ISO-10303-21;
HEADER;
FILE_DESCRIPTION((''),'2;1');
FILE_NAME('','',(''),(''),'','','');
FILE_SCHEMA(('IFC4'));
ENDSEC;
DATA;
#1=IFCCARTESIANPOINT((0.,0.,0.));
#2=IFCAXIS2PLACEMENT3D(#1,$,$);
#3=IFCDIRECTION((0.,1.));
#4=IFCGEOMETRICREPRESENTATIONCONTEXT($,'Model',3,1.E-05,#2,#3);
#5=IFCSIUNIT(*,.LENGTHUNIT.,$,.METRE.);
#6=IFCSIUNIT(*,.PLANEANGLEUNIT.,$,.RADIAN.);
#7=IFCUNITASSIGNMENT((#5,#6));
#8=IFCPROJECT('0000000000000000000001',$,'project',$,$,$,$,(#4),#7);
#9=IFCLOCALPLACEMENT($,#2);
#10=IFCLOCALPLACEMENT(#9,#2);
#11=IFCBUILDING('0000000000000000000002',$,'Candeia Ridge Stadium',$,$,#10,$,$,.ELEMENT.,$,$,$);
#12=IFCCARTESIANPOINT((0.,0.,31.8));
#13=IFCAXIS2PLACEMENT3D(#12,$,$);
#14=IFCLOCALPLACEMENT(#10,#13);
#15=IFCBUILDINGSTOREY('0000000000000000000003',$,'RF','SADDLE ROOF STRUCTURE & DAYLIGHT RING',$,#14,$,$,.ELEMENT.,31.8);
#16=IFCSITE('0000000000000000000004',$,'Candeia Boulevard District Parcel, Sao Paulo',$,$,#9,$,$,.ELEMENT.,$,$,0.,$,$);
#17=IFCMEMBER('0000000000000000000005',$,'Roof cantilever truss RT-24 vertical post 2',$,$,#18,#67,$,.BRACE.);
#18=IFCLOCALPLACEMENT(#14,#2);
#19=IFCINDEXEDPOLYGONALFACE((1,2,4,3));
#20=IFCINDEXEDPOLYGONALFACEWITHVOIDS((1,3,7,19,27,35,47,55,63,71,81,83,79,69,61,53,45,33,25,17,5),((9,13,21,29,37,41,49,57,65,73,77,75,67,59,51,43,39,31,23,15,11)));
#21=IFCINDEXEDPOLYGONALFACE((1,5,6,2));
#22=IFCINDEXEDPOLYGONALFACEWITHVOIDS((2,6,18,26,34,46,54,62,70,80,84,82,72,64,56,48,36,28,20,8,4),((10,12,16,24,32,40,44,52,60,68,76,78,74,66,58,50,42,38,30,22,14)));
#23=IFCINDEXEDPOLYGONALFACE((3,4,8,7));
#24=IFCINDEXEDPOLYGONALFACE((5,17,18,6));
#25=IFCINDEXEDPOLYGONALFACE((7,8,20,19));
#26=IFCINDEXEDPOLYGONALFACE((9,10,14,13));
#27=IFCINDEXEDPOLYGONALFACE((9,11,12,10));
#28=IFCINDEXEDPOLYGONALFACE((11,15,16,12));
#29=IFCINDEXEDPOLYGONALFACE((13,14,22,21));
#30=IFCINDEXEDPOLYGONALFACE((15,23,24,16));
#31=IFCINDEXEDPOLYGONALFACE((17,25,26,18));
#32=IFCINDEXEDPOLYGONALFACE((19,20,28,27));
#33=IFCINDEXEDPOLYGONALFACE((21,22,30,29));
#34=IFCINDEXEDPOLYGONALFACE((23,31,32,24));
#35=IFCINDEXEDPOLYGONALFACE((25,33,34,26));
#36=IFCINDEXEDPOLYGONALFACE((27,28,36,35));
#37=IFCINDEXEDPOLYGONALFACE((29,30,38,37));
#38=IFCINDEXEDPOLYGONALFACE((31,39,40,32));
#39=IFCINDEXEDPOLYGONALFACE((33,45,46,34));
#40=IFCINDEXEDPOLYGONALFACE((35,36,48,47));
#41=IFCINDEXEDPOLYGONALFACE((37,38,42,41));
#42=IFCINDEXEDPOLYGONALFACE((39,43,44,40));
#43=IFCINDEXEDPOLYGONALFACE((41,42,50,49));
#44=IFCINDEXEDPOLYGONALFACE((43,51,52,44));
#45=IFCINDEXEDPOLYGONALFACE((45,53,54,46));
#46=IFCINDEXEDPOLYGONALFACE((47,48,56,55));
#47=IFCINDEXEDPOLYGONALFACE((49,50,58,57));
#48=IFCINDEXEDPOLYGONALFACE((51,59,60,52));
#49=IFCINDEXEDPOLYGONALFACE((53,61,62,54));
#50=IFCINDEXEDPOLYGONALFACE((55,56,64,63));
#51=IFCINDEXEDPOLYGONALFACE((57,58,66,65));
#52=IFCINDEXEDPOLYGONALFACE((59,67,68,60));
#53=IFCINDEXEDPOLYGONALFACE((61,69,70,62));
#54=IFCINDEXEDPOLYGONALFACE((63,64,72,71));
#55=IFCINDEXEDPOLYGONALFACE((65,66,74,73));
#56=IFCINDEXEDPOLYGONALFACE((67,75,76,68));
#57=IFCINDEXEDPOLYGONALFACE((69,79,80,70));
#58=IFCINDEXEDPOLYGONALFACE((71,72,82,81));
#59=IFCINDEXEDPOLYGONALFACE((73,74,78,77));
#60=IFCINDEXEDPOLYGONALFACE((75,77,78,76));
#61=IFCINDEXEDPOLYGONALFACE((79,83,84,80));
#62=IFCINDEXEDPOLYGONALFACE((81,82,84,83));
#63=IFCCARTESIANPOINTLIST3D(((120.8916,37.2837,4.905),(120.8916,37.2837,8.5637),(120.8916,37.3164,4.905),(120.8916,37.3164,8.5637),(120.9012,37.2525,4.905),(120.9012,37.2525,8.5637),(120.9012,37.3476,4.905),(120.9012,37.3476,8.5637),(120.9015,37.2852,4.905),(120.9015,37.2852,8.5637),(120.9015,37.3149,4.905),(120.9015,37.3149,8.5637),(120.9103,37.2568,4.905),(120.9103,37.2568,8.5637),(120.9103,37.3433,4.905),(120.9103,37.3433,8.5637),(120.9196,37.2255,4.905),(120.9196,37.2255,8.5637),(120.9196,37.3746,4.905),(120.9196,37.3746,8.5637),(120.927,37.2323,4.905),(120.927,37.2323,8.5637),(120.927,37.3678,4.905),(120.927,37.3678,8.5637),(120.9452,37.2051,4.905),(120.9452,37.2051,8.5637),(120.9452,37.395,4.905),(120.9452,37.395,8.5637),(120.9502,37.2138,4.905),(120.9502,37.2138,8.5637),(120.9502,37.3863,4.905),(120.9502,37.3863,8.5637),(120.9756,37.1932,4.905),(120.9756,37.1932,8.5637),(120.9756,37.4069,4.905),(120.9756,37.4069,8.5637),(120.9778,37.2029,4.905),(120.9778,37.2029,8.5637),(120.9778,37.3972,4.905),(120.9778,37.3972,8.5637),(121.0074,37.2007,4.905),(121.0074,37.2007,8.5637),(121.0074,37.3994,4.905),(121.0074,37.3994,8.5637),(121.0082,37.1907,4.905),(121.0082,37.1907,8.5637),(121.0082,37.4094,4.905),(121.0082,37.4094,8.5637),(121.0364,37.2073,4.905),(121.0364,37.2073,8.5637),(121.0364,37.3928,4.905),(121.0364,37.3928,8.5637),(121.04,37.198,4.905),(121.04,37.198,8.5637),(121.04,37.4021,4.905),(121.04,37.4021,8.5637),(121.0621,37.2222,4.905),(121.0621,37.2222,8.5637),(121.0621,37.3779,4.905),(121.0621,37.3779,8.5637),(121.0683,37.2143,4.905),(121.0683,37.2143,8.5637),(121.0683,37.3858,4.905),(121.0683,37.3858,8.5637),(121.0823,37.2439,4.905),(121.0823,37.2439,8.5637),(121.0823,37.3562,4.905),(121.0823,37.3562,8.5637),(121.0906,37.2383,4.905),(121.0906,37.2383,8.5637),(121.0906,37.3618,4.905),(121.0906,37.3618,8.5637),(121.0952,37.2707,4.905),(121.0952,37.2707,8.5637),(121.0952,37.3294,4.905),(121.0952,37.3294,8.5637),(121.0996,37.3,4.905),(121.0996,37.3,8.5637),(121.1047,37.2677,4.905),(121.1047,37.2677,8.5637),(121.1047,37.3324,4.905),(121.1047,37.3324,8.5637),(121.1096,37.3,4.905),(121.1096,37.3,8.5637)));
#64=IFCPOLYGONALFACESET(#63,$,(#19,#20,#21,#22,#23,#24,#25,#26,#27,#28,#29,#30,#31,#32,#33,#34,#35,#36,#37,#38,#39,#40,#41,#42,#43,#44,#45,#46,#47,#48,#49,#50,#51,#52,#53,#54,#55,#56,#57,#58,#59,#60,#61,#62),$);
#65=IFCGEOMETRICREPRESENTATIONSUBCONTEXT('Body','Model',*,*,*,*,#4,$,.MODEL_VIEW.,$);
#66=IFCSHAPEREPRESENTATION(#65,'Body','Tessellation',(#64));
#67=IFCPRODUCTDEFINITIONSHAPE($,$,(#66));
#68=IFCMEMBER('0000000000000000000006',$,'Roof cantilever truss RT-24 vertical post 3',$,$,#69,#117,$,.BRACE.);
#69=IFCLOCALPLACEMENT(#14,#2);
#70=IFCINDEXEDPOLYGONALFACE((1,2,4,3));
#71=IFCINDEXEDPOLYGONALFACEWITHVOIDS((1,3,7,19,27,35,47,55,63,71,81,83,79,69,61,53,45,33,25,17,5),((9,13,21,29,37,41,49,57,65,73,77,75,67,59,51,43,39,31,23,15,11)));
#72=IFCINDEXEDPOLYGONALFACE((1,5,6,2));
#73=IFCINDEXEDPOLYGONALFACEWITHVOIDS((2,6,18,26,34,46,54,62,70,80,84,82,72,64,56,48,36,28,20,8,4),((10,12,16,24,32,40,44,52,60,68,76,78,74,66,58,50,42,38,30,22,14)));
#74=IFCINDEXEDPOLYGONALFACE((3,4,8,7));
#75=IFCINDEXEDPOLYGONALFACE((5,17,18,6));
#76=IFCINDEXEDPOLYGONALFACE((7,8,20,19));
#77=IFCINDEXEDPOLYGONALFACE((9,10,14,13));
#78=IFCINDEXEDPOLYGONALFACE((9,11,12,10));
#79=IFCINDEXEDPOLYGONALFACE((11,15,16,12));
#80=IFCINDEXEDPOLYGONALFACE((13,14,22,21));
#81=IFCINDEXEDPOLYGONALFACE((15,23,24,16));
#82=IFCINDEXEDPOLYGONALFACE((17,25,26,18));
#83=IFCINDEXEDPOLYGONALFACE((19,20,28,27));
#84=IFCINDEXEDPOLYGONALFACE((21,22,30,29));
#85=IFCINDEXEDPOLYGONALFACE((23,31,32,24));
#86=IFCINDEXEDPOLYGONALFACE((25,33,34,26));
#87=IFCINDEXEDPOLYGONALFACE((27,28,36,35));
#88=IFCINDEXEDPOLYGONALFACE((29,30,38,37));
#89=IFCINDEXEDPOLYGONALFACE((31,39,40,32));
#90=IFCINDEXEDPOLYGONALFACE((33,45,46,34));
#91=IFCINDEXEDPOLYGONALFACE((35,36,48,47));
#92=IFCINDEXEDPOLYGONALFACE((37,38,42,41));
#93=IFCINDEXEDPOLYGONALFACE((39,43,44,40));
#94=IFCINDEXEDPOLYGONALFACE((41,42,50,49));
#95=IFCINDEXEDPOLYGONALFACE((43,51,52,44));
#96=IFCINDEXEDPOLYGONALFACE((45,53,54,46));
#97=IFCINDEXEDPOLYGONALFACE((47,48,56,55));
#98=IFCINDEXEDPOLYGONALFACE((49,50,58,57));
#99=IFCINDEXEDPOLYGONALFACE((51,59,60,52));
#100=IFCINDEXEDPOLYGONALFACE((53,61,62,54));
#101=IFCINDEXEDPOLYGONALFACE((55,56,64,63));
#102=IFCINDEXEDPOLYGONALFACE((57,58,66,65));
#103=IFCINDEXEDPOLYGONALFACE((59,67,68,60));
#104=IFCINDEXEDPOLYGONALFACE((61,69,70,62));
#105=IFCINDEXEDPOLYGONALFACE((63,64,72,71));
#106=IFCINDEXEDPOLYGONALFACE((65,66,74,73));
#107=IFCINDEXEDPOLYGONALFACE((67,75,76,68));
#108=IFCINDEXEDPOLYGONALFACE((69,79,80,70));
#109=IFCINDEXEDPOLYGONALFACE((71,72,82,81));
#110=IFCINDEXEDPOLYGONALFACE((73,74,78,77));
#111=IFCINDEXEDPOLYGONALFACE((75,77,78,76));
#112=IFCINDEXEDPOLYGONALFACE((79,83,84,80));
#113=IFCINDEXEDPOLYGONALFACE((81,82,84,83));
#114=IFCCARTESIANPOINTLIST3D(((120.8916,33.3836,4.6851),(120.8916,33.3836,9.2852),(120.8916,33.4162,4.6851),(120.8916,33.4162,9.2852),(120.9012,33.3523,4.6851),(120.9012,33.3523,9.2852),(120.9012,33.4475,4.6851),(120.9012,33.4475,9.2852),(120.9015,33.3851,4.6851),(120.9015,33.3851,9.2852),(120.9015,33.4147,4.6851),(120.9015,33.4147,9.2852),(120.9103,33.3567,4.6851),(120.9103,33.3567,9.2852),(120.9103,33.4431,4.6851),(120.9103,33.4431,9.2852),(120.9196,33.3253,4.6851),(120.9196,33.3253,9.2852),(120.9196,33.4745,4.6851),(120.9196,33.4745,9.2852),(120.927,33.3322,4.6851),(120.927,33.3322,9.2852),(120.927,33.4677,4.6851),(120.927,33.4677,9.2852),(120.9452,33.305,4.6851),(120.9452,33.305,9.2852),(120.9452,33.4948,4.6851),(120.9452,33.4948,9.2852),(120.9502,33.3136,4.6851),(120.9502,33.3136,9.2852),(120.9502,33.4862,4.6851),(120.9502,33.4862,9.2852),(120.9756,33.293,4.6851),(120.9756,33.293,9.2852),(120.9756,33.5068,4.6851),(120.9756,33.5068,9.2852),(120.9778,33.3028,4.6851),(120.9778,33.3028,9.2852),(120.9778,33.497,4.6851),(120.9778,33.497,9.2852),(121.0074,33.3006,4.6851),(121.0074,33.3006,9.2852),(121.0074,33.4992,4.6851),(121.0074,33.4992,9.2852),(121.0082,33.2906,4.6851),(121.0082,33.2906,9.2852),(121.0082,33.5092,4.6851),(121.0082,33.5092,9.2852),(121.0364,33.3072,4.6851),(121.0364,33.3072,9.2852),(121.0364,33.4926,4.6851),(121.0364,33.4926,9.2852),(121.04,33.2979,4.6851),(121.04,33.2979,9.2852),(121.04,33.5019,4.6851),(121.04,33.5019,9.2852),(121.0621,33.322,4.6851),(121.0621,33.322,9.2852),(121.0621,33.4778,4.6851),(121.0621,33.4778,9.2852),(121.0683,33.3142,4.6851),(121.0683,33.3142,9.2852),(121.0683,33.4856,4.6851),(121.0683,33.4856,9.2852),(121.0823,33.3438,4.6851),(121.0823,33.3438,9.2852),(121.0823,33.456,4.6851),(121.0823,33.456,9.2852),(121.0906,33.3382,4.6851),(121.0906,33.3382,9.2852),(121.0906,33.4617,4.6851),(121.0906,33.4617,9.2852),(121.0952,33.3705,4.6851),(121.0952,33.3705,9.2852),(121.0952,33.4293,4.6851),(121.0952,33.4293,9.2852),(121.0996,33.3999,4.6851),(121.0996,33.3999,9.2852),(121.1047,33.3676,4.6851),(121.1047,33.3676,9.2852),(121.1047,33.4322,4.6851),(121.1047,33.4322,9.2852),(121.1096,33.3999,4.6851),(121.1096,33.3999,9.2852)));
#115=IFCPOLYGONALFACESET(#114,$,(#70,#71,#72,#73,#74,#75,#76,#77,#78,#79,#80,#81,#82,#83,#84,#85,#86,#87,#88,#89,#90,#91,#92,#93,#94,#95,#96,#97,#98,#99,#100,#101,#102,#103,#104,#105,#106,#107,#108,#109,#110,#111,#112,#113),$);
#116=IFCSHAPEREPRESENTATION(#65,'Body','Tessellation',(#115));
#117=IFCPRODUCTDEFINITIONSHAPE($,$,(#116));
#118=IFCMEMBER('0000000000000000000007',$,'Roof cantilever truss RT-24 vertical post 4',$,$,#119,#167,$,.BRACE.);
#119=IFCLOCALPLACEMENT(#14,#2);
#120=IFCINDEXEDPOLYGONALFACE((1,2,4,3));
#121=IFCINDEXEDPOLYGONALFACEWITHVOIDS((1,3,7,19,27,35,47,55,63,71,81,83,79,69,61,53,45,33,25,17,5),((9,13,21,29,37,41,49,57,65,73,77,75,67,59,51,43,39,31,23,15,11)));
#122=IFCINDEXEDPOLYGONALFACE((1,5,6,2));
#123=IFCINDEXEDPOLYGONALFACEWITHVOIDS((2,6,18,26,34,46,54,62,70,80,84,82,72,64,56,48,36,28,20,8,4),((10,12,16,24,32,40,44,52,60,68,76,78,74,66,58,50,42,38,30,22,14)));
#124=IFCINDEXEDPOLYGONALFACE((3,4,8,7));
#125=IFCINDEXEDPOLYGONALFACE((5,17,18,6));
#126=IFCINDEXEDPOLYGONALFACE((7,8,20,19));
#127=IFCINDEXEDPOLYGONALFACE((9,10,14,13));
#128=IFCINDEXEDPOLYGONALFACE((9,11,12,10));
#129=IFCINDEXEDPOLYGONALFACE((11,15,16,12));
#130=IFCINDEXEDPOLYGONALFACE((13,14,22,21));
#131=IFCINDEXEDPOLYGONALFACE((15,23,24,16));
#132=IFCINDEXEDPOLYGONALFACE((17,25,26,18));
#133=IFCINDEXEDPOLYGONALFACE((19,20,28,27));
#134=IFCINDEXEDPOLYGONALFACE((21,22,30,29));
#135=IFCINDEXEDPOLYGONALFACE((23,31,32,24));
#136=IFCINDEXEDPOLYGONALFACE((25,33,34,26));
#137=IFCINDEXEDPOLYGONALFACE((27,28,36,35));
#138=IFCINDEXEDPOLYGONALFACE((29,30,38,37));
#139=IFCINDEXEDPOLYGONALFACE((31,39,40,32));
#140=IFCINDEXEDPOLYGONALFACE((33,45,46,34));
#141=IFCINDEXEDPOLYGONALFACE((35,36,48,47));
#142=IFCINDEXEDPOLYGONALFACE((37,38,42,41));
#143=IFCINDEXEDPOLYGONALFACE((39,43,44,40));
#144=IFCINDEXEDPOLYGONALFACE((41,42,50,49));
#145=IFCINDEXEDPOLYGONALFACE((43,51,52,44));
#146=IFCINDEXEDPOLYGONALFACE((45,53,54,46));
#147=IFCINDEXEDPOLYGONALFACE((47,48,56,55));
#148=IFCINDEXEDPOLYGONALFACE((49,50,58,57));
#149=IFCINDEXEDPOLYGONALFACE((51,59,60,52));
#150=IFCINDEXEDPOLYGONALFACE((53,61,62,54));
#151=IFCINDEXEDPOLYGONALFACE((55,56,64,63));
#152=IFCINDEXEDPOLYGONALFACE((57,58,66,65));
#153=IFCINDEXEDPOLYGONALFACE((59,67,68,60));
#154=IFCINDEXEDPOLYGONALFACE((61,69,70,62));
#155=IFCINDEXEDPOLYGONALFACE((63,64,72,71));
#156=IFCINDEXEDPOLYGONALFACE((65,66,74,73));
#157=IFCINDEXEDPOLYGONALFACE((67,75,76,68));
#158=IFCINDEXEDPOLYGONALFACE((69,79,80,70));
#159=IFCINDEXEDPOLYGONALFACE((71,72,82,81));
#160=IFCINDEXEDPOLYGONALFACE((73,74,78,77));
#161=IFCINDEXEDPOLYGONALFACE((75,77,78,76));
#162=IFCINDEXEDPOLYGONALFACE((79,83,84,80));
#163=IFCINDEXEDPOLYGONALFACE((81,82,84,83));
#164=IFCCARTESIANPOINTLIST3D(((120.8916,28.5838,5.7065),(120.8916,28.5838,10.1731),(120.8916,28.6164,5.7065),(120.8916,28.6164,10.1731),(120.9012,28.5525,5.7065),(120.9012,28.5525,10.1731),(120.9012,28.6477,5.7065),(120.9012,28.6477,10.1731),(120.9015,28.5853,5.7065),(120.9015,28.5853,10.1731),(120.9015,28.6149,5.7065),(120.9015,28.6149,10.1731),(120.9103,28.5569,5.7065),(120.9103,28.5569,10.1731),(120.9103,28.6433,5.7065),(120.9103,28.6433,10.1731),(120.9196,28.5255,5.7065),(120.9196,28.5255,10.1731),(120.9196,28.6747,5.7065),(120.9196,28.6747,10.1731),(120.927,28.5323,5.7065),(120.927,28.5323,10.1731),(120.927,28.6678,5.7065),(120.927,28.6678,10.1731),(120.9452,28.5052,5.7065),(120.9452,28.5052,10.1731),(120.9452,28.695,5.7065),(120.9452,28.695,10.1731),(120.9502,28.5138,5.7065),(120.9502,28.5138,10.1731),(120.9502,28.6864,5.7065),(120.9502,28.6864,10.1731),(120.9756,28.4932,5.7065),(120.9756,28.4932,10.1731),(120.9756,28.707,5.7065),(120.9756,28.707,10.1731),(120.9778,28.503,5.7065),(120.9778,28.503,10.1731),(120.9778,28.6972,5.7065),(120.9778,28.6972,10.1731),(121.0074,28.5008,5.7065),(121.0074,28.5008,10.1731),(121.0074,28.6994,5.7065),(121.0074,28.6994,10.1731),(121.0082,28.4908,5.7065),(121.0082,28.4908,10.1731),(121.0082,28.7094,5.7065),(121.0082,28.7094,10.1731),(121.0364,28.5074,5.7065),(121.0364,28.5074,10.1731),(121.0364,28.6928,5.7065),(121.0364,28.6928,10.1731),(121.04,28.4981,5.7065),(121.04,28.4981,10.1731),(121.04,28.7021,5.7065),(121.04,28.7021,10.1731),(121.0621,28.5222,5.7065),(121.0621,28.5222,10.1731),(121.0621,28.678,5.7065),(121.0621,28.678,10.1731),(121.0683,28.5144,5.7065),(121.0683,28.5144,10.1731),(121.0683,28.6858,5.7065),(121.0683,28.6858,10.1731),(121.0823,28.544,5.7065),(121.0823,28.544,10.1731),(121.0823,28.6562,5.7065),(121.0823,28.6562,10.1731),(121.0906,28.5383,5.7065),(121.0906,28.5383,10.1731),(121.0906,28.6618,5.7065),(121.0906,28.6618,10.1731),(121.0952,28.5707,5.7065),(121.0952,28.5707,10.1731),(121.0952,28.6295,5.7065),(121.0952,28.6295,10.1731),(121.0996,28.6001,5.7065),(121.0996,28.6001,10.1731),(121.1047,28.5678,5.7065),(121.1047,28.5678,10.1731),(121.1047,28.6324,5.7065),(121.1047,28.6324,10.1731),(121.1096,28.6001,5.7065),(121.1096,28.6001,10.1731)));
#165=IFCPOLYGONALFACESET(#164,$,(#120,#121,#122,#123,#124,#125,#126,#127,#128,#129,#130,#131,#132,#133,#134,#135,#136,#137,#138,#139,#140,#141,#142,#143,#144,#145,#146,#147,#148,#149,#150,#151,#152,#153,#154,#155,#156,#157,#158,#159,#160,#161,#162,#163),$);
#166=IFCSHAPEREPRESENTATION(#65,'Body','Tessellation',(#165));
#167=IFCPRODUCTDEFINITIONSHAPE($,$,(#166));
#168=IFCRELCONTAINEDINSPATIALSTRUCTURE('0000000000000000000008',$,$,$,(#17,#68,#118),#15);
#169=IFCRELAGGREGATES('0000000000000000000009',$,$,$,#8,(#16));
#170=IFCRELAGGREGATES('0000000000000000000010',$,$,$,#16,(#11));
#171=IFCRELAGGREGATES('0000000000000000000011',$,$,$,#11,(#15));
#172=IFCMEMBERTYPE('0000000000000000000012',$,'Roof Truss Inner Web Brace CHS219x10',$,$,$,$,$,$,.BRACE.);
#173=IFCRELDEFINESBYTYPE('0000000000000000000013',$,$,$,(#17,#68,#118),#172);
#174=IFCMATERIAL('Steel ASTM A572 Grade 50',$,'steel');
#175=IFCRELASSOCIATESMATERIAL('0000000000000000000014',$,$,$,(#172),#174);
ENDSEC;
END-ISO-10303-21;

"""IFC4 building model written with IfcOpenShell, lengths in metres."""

from ifc_helpers import new_model, si_unit, direction, frame, origin, origin_2d, place, context, subcontext, project, spatial, hollow_circle, extrude, material, material_profile, profile_set, type_object, element, save


model = new_model("IFC4")

# Units and contexts
model_context = context("Model", 3, precision=1e-05, world=origin(), true_north=direction((0.0, 1.0)))
body_context = subcontext(model_context, "Body", "Model", "MODEL_VIEW")
ifc_project = project(units=[si_unit("LENGTHUNIT", "METRE"), si_unit("PLANEANGLEUNIT", "RADIAN")], contexts=[model_context])

# Site, building, storey
site_placement = place(None, origin())
site = spatial("IfcSite", under=ifc_project, at=site_placement, Name="Candeia Boulevard District Parcel, Sao Paulo", CompositionType="ELEMENT", RefElevation=0.0)
building_placement = place(site_placement, origin())
building = spatial("IfcBuilding", under=site, at=building_placement, Name="Candeia Ridge Stadium", CompositionType="ELEMENT")
storey_placement = place(building_placement, frame((0.0, 0.0, 31.8)))
storey = spatial("IfcBuildingStorey", under=building, at=storey_placement, Name="RF", Description="SADDLE ROOF STRUCTURE & DAYLIGHT RING", CompositionType="ELEMENT", Elevation=31.8)

# Shared definitions
ifc_material_1 = material(Name="Steel ASTM A572 Grade 50", Category="steel")

# Members
ifc_material_profile_1 = material_profile(ifc_material_1, hollow_circle(Radius=0.1096, WallThickness=0.01, at=origin_2d()), Name="CHS219x10", Category="steel")
ifc_profile_set_1 = profile_set([ifc_material_profile_1], Name="Steel ASTM A572 Grade 50")
member_type_1 = type_object("IfcMemberType", Name="Roof Truss Inner Web Brace CHS219x10", PredefinedType="BRACE", material=ifc_profile_set_1)
member_1_placement = place(storey_placement, frame((121.0, 37.3, 4.905), z_axis=(0.0, 0.0, 1.0), x_axis=(1.0, 0.0, 0.0)))
element("IfcMember", 1, at=member_1_placement, inside=storey, type_object=member_type_1, Name="Roof cantilever truss RT-24 vertical post 2", PredefinedType="BRACE", context=body_context, shape_type="SweptSolid", body=[
    extrude(hollow_circle(Radius=0.1096, WallThickness=0.01, at=origin_2d()), origin(), (0.0, 0.0, 1.0), 3.6587),
])
member_2_placement = place(storey_placement, frame((121.0, 33.3999, 4.6851), z_axis=(0.0, 0.0, 1.0), x_axis=(1.0, 0.0, 0.0)))
element("IfcMember", 2, at=member_2_placement, inside=storey, type_object=member_type_1, Name="Roof cantilever truss RT-24 vertical post 3", PredefinedType="BRACE", context=body_context, shape_type="SweptSolid", body=[
    extrude(hollow_circle(Radius=0.1096, WallThickness=0.01, at=origin_2d()), origin(), (0.0, 0.0, 1.0), 4.6001),
])
member_3_placement = place(storey_placement, frame((121.0, 28.6001, 5.7065), z_axis=(0.0, 0.0, 1.0), x_axis=(1.0, 0.0, 0.0)))
element("IfcMember", 3, at=member_3_placement, inside=storey, type_object=member_type_1, Name="Roof cantilever truss RT-24 vertical post 4", PredefinedType="BRACE", context=body_context, shape_type="SweptSolid", body=[
    extrude(hollow_circle(Radius=0.1096, WallThickness=0.01, at=origin_2d()), origin(), (0.0, 0.0, 1.0), 4.4666),
])

save(model, "model.ifc")
